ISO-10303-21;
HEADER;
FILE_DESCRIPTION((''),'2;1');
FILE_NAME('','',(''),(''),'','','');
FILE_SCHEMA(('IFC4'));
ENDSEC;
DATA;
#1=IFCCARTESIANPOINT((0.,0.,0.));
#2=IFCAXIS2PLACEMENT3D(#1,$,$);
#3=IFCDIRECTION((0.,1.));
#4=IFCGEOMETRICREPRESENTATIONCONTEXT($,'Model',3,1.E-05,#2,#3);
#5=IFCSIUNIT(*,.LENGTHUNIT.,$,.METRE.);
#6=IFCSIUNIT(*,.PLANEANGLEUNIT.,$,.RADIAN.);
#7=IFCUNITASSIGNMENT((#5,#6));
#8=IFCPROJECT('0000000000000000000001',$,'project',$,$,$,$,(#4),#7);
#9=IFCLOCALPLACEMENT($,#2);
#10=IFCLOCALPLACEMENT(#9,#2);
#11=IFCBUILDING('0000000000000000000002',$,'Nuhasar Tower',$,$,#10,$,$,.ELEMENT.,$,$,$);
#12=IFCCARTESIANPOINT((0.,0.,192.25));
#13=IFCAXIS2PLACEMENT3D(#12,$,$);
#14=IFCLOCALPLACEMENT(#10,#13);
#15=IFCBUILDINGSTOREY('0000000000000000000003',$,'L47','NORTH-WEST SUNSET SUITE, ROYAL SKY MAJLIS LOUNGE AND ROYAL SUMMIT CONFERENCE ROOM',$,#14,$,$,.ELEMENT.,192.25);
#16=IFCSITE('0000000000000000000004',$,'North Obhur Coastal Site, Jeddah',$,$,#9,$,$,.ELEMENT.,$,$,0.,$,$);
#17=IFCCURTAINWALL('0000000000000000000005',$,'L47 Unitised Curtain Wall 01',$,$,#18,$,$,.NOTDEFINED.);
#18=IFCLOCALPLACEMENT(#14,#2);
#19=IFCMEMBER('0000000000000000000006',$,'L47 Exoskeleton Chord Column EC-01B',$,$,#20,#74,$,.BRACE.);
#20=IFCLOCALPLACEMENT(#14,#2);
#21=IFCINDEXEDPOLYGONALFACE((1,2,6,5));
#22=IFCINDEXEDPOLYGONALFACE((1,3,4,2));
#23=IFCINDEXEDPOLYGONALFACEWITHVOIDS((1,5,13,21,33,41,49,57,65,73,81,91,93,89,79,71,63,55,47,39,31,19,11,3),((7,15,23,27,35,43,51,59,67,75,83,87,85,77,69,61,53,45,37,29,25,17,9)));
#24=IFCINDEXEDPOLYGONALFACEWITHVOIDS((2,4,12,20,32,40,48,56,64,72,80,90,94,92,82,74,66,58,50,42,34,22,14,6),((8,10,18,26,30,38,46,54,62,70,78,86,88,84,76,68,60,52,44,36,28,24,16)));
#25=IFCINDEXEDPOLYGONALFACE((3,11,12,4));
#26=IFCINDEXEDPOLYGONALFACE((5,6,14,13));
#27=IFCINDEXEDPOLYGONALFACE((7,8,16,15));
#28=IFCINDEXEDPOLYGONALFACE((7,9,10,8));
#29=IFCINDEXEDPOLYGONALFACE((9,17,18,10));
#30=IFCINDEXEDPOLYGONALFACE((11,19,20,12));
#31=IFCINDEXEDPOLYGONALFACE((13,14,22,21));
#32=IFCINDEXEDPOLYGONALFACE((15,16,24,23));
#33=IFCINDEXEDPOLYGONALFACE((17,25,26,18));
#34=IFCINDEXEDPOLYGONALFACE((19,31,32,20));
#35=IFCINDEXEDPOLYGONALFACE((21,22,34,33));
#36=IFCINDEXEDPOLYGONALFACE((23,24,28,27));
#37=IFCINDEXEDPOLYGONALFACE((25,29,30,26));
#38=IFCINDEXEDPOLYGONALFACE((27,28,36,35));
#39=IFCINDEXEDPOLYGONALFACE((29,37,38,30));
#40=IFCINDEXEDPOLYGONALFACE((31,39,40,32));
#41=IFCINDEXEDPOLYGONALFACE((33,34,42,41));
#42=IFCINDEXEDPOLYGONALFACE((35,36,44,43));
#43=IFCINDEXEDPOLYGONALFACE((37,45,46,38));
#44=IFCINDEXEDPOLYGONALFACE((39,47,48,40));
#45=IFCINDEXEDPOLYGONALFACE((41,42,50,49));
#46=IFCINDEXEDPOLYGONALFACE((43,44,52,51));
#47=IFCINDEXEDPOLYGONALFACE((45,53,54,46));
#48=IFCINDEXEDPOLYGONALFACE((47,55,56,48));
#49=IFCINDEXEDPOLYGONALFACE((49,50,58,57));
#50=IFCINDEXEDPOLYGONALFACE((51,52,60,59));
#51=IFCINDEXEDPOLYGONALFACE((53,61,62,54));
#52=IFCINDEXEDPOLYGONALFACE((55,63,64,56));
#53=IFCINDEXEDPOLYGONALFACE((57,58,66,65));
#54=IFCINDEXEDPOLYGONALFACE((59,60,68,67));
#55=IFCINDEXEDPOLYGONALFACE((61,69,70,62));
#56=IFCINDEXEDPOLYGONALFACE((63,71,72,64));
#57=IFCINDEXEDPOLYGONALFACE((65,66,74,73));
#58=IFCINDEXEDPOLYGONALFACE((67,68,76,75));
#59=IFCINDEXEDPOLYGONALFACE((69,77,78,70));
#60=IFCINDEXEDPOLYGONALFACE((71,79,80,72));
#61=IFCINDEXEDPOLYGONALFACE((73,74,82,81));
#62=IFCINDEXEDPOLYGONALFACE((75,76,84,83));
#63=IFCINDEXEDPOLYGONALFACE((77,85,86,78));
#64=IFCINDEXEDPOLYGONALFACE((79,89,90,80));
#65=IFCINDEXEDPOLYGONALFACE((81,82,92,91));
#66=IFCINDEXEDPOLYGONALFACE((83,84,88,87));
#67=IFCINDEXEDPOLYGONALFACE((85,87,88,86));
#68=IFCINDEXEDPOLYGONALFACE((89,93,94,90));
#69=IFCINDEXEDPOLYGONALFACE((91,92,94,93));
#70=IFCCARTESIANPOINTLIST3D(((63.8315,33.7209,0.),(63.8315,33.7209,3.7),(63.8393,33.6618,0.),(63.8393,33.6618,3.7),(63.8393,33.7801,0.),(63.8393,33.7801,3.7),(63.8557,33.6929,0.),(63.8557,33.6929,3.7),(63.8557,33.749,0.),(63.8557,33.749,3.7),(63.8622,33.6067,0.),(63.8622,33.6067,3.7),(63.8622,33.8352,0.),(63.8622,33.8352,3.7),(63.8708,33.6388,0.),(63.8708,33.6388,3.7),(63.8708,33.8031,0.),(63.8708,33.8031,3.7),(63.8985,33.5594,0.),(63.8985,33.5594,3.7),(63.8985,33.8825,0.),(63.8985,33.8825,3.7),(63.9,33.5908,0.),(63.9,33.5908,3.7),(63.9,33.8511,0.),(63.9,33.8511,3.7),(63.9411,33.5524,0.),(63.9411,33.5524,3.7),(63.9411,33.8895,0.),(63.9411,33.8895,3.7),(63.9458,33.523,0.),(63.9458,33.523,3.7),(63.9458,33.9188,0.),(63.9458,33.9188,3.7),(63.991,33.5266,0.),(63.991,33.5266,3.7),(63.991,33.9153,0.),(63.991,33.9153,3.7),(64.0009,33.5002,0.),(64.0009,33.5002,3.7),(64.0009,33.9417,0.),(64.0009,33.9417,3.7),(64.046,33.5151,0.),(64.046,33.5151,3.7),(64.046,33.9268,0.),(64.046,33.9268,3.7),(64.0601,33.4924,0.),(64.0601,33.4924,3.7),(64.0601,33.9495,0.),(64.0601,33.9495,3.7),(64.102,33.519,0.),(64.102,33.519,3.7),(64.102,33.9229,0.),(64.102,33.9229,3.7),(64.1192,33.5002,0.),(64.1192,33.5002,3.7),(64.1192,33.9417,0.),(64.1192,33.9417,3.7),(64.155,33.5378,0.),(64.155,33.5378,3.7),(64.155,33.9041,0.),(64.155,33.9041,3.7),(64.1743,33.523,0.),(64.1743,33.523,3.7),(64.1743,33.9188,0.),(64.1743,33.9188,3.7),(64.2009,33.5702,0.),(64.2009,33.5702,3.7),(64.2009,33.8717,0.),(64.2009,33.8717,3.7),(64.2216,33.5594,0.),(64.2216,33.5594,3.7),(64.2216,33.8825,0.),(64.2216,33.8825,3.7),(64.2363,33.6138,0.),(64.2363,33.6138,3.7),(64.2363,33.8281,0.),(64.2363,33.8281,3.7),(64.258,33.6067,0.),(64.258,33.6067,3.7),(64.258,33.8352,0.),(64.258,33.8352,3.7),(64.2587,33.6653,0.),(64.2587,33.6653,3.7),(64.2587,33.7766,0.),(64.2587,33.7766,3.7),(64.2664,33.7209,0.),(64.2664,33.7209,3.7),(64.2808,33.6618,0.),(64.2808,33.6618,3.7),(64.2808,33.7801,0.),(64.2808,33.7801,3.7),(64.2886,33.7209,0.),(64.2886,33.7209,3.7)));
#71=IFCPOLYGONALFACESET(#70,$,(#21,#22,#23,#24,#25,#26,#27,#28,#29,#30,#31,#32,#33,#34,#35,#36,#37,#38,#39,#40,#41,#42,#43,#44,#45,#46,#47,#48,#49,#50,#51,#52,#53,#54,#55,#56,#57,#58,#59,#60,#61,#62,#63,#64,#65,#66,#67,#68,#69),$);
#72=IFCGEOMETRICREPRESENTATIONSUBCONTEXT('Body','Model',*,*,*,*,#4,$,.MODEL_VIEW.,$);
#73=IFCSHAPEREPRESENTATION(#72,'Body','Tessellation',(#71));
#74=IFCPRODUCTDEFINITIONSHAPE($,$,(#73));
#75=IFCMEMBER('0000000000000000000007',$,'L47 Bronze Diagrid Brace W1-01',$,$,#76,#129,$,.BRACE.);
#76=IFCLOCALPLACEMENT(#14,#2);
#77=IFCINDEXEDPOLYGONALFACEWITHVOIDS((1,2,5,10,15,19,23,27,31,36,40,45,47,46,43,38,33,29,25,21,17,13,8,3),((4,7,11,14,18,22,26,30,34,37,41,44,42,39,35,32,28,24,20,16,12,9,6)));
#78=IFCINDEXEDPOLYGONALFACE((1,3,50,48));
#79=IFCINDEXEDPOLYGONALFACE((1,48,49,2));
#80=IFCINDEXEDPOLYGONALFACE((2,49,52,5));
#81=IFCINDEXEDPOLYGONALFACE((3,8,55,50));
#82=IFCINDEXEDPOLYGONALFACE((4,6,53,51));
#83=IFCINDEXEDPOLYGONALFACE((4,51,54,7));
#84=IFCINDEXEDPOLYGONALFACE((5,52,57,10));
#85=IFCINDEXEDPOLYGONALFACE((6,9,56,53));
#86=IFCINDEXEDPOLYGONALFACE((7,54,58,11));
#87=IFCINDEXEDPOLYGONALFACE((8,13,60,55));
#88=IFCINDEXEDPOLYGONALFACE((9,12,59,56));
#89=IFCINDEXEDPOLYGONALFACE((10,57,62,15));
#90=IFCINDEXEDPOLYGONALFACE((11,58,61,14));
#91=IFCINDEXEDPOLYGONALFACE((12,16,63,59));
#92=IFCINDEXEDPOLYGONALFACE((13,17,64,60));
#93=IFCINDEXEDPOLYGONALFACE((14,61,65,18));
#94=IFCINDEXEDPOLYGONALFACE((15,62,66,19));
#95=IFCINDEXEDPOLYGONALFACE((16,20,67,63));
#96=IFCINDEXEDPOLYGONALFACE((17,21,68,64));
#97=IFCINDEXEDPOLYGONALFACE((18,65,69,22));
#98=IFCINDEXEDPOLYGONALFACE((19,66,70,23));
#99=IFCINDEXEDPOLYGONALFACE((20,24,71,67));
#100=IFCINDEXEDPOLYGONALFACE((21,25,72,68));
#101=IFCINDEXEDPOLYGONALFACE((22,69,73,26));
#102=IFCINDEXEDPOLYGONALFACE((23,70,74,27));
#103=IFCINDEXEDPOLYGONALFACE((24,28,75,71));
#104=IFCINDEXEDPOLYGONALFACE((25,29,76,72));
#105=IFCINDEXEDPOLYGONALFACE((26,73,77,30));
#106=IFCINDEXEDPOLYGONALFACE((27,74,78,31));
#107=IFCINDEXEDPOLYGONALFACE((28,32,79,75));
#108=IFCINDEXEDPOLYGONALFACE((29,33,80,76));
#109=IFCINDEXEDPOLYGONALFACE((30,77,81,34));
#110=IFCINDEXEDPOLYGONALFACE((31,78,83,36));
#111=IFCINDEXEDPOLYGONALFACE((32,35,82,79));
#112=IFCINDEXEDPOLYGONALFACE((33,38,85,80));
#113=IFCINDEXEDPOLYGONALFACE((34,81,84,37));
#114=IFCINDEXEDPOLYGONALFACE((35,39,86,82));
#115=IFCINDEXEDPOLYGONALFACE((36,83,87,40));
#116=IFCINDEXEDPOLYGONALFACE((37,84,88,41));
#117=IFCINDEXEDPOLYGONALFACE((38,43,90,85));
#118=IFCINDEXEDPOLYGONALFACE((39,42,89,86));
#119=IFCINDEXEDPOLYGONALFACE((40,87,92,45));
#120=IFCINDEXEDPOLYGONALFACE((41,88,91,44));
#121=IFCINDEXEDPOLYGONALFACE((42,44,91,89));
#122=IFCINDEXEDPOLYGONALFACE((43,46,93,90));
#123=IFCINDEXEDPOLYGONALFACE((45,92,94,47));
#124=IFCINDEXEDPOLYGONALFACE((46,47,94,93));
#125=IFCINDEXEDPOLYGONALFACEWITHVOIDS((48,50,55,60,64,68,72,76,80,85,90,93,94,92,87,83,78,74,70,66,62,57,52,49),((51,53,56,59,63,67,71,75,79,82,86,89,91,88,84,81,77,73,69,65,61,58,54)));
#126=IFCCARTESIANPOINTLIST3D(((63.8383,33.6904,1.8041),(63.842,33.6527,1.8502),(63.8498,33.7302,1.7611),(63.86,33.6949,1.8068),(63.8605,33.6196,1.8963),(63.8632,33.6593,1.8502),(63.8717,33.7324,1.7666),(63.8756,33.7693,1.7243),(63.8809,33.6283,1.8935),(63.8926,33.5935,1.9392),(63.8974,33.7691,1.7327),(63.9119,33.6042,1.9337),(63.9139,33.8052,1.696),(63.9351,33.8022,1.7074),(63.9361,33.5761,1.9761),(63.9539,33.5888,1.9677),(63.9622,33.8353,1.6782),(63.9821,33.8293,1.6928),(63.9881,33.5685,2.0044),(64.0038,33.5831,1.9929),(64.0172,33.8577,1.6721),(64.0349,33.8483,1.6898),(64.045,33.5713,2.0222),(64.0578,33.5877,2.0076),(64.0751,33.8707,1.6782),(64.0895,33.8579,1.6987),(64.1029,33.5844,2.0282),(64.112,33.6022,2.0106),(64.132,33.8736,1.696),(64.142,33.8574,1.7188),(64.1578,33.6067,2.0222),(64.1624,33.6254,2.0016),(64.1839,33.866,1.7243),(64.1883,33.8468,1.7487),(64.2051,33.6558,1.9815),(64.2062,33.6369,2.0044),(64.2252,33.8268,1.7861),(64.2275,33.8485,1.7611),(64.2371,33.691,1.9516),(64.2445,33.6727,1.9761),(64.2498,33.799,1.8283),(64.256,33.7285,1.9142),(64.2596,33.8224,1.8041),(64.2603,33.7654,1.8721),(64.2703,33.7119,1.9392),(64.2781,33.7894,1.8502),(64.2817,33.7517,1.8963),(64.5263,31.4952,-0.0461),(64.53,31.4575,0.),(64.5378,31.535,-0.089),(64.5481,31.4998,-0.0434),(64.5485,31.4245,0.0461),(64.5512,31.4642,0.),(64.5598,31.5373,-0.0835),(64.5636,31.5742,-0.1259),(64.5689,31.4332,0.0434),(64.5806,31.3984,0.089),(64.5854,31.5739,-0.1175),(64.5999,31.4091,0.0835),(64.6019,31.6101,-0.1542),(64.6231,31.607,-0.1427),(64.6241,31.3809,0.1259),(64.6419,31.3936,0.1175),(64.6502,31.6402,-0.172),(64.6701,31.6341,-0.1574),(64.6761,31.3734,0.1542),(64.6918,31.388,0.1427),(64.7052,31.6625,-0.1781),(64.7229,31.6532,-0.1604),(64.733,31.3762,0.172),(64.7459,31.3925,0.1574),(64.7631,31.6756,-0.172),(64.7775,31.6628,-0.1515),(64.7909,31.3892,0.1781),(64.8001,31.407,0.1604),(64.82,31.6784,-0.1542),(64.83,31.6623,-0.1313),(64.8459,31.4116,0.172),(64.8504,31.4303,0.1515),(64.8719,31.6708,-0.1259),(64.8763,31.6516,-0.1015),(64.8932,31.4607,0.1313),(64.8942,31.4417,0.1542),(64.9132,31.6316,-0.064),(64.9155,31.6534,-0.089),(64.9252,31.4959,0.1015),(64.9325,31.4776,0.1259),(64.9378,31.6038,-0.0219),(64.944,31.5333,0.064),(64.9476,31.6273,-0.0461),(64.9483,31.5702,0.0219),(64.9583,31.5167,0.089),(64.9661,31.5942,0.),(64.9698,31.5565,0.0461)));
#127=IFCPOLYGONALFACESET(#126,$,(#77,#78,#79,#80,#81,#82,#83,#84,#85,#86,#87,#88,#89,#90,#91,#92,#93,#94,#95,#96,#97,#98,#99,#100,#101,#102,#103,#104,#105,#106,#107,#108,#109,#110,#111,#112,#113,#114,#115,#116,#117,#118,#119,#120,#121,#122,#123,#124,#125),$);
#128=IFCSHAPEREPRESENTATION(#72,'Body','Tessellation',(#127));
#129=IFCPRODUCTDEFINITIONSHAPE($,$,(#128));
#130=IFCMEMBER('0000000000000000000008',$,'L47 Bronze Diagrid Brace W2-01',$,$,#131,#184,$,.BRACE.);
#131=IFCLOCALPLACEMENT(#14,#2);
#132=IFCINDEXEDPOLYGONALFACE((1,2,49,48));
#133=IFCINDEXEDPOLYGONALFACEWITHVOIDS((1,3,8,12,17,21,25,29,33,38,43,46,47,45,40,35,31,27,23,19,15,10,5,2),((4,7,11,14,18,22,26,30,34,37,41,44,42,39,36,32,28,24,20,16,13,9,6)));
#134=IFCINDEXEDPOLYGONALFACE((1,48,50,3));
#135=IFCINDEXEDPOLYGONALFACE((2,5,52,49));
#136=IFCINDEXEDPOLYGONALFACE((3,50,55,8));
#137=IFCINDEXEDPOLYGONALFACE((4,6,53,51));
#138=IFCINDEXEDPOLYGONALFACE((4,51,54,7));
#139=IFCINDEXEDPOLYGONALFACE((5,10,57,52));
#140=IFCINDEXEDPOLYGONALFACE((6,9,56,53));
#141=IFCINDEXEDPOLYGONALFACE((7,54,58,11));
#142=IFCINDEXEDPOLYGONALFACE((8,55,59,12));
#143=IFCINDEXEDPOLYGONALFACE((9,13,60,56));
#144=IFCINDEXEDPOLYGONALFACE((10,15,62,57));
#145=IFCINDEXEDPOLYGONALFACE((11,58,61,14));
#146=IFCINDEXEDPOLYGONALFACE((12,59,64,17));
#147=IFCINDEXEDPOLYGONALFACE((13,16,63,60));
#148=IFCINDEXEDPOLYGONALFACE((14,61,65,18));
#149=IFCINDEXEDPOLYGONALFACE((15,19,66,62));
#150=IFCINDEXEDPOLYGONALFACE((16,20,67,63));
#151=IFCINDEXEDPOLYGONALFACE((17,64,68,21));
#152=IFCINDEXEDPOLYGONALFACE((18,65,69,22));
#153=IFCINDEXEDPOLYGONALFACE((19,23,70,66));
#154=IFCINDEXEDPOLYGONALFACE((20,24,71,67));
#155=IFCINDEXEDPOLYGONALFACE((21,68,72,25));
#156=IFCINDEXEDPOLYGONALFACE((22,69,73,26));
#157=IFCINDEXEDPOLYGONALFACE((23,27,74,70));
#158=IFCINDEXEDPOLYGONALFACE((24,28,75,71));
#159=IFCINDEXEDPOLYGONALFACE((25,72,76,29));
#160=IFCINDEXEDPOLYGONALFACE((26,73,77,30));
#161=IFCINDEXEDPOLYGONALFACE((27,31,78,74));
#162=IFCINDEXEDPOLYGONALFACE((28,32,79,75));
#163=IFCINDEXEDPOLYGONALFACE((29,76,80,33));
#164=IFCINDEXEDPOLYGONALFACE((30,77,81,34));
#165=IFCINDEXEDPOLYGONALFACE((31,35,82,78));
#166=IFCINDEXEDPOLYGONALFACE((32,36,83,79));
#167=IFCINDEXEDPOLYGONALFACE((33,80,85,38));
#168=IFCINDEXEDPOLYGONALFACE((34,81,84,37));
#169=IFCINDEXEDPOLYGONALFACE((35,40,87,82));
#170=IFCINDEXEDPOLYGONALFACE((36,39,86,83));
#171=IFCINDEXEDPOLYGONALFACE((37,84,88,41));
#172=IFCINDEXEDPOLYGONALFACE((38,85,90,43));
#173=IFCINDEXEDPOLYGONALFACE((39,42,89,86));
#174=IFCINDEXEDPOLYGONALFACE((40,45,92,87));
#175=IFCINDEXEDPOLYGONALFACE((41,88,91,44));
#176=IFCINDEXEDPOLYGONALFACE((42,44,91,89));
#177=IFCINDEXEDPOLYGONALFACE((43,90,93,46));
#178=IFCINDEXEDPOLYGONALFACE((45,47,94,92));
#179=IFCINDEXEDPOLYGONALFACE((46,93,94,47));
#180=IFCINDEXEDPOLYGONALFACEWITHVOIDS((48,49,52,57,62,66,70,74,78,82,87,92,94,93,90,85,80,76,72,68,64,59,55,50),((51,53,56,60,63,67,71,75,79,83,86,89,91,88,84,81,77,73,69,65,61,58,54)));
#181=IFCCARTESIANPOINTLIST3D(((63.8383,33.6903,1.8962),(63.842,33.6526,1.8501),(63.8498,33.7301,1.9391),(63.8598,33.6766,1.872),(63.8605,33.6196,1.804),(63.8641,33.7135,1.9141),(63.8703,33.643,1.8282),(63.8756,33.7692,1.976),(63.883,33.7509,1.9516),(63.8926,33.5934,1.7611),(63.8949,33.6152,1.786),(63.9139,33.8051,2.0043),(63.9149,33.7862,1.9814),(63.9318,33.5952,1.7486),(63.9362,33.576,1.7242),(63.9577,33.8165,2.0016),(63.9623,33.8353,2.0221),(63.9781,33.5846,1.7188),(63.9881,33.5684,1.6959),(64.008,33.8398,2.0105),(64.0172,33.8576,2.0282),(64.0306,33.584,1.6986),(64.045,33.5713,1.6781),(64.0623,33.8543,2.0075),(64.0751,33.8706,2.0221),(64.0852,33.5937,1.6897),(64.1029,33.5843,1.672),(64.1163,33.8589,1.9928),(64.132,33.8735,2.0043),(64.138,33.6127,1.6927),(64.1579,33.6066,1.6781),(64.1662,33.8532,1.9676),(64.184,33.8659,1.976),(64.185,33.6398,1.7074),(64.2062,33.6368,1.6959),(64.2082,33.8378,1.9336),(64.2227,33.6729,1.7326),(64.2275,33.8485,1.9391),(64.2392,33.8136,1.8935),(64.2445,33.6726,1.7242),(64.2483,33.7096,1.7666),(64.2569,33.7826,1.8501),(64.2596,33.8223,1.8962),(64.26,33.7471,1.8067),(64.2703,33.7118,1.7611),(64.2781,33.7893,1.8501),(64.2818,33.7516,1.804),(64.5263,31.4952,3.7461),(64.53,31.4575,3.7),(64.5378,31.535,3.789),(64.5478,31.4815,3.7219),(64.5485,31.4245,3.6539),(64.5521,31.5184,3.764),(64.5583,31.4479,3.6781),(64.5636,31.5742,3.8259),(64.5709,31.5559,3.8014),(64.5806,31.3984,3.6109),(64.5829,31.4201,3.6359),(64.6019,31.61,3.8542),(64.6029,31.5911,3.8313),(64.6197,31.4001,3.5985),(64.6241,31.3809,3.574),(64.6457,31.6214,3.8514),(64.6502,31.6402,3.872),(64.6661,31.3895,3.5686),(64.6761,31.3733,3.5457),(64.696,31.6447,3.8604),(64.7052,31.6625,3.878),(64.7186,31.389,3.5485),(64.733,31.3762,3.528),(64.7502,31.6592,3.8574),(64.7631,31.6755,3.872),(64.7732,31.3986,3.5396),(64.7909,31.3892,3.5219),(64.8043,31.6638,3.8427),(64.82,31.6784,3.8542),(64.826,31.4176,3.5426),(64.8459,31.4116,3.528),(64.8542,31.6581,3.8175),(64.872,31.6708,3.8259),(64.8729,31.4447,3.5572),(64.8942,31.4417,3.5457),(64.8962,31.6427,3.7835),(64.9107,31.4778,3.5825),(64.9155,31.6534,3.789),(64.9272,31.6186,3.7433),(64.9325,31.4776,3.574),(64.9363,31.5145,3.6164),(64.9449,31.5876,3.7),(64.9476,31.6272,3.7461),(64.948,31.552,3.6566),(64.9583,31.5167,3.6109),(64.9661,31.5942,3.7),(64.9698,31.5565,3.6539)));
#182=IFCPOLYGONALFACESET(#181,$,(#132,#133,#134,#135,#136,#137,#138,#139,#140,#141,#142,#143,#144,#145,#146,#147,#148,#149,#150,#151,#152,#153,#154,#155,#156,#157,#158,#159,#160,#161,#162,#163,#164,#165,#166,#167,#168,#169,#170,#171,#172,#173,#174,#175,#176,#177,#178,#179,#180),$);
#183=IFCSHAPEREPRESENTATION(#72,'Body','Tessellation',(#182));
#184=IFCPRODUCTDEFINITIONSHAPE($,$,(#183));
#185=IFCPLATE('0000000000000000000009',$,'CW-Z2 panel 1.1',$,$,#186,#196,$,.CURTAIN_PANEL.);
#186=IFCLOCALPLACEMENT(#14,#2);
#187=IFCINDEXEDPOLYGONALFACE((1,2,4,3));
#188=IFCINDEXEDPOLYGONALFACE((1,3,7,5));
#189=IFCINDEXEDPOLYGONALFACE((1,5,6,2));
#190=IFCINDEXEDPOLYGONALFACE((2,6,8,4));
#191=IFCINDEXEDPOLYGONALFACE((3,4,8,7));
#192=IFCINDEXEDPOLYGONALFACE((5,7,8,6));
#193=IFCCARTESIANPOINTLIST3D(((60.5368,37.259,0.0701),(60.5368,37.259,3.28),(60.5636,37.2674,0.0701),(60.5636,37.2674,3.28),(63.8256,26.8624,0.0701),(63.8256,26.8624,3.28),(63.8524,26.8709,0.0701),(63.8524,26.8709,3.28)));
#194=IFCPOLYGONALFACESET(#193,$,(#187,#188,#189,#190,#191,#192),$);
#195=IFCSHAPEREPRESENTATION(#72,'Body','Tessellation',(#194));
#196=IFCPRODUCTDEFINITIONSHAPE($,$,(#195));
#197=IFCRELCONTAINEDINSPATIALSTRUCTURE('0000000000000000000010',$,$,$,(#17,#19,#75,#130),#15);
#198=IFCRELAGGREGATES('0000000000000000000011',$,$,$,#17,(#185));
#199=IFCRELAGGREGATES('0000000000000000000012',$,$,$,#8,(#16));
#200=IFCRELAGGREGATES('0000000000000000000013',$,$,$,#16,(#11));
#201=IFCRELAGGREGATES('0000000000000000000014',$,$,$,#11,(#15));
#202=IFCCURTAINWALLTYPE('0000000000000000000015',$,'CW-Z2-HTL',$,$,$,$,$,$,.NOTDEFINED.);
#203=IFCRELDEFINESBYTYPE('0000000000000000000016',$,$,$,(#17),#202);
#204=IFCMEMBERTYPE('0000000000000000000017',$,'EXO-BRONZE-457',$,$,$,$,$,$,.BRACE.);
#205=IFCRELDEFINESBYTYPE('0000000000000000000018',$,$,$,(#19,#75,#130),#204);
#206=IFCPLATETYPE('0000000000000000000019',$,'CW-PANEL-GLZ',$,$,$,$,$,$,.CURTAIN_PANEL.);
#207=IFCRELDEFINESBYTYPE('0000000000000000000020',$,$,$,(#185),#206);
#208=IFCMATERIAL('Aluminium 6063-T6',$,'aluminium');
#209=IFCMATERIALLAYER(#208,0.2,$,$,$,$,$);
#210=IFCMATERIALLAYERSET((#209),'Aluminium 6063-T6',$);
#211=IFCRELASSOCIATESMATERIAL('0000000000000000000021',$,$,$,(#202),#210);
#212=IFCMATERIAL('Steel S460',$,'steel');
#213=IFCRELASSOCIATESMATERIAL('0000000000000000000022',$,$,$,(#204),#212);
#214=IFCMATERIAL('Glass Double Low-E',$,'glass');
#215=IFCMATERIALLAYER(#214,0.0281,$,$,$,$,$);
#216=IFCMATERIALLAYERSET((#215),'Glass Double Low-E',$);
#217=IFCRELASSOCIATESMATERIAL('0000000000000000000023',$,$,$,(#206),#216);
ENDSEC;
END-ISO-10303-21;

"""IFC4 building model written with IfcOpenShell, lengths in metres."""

from ifc_helpers import new_model, si_unit, direction, frame, origin, origin_2d, place, context, subcontext, project, spatial, rectangle, hollow_circle, extrude, material, layer, layer_set, material_profile, profile_set, type_object, element, aggregate, save


model = new_model("IFC4")

# Units and contexts
model_context = context("Model", 3, precision=1e-05, world=origin(), true_north=direction((0.0, 1.0)))
body_context = subcontext(model_context, "Body", "Model", "MODEL_VIEW")
ifc_project = project(units=[si_unit("LENGTHUNIT", "METRE"), si_unit("PLANEANGLEUNIT", "RADIAN")], contexts=[model_context])

# Site, building, storey
site_placement = place(None, origin())
site = spatial("IfcSite", under=ifc_project, at=site_placement, Name="North Obhur Coastal Site, Jeddah", CompositionType="ELEMENT", RefElevation=0.0)
building_placement = place(site_placement, origin())
building = spatial("IfcBuilding", under=site, at=building_placement, Name="Nuhasar Tower", CompositionType="ELEMENT")
storey_placement = place(building_placement, frame((0.0, 0.0, 192.25)))
storey = spatial("IfcBuildingStorey", under=building, at=storey_placement, Name="L47", Description="NORTH-WEST SUNSET SUITE, ROYAL SKY MAJLIS LOUNGE AND ROYAL SUMMIT CONFERENCE ROOM", CompositionType="ELEMENT", Elevation=192.25)

# Curtain wall
ifc_material_1 = material(Name="Aluminium 6063-T6", Category="aluminium")
ifc_layer_1 = layer(ifc_material_1, 0.2)
ifc_layer_set_1 = layer_set([ifc_layer_1], Name="Aluminium 6063-T6")
curtain_wall_type = type_object("IfcCurtainWallType", Name="CW-Z2-HTL", PredefinedType="NOTDEFINED", material=ifc_layer_set_1)
curtain_wall_1_placement = place(storey_placement, origin())
curtain_wall_1 = element("IfcCurtainWall", 1, at=curtain_wall_1_placement, inside=storey, type_object=curtain_wall_type, Name="L47 Unitised Curtain Wall 01", PredefinedType="NOTDEFINED")

# Members
ifc_material_2 = material(Name="Steel S460", Category="steel")
ifc_material_profile_1 = material_profile(ifc_material_2, hollow_circle(Radius=0.2285, WallThickness=0.0222, at=origin_2d()), Name="HSS457X22.2")
ifc_profile_set_1 = profile_set([ifc_material_profile_1], Name="Steel S460")
member_type_1 = type_object("IfcMemberType", Name="EXO-BRONZE-457", PredefinedType="BRACE", material=ifc_profile_set_1)
for number, where, z_axis, x_axis, name in (
    (2, (64.0601, 33.7209, 0.0), (0.0, 0.0, 1.0), (1.0, 0.0, 0.0), "L47 Exoskeleton Chord Column EC-01B"),
):
    element("IfcMember", number, at=place(storey_placement, frame(where, z_axis=z_axis, x_axis=x_axis)), inside=storey, type_object=member_type_1, Name=name, PredefinedType="BRACE", context=body_context, shape_type="SweptSolid", body=[
        extrude(hollow_circle(Radius=0.2285, WallThickness=0.0222, at=origin_2d()), origin(), (0.0, 0.0, 1.0), 3.7),
    ])
member_1_placement = place(storey_placement, frame((64.748, 31.5259, 0.0), z_axis=(-0.233056, 0.743578, 0.626719), x_axis=(-0.954228, -0.299079, 0.0)))
element("IfcMember", 3, at=member_1_placement, inside=storey, type_object=member_type_1, Name="L47 Bronze Diagrid Brace W1-01", PredefinedType="BRACE", context=body_context, shape_type="SweptSolid", body=[
    extrude(hollow_circle(Radius=0.2285, WallThickness=0.0222, at=origin_2d()), origin(), (0.0, 0.0, 1.0), 2.9521),
])
member_2_placement = place(storey_placement, frame((64.0601, 33.7209, 1.8501), z_axis=(0.233068, -0.743616, 0.626669), x_axis=(0.954228, 0.299079, 0.0)))
element("IfcMember", 4, at=member_2_placement, inside=storey, type_object=member_type_1, Name="L47 Bronze Diagrid Brace W2-01", PredefinedType="BRACE", context=body_context, shape_type="SweptSolid", body=[
    extrude(hollow_circle(Radius=0.2285, WallThickness=0.0222, at=origin_2d()), origin(), (0.0, 0.0, 1.0), 2.9519),
])

# Plate
ifc_material_3 = material(Name="Glass Double Low-E", Category="glass")
ifc_layer_2 = layer(ifc_material_3, 0.0281)
ifc_layer_set_2 = layer_set([ifc_layer_2], Name="Glass Double Low-E")
plate_type = type_object("IfcPlateType", Name="CW-PANEL-GLZ", PredefinedType="CURTAIN_PANEL", material=ifc_layer_set_2)
plate_placement = place(storey_placement, frame((62.1946, 32.0649, 0.0701), z_axis=(0.0, 0.0, 1.0), x_axis=(-0.301604, 0.953433, 0.0)))
plate = element("IfcPlate", 5, at=plate_placement, type_object=plate_type, Name="CW-Z2 panel 1.1", PredefinedType="CURTAIN_PANEL", context=body_context, shape_type="SweptSolid", body=[
    extrude(rectangle(XDim=10.9043, YDim=0.0281, at=origin_2d()), origin(), (0.0, 0.0, 1.0), 3.21),
])
aggregate(curtain_wall_1, [plate])

save(model, "model.ifc")
